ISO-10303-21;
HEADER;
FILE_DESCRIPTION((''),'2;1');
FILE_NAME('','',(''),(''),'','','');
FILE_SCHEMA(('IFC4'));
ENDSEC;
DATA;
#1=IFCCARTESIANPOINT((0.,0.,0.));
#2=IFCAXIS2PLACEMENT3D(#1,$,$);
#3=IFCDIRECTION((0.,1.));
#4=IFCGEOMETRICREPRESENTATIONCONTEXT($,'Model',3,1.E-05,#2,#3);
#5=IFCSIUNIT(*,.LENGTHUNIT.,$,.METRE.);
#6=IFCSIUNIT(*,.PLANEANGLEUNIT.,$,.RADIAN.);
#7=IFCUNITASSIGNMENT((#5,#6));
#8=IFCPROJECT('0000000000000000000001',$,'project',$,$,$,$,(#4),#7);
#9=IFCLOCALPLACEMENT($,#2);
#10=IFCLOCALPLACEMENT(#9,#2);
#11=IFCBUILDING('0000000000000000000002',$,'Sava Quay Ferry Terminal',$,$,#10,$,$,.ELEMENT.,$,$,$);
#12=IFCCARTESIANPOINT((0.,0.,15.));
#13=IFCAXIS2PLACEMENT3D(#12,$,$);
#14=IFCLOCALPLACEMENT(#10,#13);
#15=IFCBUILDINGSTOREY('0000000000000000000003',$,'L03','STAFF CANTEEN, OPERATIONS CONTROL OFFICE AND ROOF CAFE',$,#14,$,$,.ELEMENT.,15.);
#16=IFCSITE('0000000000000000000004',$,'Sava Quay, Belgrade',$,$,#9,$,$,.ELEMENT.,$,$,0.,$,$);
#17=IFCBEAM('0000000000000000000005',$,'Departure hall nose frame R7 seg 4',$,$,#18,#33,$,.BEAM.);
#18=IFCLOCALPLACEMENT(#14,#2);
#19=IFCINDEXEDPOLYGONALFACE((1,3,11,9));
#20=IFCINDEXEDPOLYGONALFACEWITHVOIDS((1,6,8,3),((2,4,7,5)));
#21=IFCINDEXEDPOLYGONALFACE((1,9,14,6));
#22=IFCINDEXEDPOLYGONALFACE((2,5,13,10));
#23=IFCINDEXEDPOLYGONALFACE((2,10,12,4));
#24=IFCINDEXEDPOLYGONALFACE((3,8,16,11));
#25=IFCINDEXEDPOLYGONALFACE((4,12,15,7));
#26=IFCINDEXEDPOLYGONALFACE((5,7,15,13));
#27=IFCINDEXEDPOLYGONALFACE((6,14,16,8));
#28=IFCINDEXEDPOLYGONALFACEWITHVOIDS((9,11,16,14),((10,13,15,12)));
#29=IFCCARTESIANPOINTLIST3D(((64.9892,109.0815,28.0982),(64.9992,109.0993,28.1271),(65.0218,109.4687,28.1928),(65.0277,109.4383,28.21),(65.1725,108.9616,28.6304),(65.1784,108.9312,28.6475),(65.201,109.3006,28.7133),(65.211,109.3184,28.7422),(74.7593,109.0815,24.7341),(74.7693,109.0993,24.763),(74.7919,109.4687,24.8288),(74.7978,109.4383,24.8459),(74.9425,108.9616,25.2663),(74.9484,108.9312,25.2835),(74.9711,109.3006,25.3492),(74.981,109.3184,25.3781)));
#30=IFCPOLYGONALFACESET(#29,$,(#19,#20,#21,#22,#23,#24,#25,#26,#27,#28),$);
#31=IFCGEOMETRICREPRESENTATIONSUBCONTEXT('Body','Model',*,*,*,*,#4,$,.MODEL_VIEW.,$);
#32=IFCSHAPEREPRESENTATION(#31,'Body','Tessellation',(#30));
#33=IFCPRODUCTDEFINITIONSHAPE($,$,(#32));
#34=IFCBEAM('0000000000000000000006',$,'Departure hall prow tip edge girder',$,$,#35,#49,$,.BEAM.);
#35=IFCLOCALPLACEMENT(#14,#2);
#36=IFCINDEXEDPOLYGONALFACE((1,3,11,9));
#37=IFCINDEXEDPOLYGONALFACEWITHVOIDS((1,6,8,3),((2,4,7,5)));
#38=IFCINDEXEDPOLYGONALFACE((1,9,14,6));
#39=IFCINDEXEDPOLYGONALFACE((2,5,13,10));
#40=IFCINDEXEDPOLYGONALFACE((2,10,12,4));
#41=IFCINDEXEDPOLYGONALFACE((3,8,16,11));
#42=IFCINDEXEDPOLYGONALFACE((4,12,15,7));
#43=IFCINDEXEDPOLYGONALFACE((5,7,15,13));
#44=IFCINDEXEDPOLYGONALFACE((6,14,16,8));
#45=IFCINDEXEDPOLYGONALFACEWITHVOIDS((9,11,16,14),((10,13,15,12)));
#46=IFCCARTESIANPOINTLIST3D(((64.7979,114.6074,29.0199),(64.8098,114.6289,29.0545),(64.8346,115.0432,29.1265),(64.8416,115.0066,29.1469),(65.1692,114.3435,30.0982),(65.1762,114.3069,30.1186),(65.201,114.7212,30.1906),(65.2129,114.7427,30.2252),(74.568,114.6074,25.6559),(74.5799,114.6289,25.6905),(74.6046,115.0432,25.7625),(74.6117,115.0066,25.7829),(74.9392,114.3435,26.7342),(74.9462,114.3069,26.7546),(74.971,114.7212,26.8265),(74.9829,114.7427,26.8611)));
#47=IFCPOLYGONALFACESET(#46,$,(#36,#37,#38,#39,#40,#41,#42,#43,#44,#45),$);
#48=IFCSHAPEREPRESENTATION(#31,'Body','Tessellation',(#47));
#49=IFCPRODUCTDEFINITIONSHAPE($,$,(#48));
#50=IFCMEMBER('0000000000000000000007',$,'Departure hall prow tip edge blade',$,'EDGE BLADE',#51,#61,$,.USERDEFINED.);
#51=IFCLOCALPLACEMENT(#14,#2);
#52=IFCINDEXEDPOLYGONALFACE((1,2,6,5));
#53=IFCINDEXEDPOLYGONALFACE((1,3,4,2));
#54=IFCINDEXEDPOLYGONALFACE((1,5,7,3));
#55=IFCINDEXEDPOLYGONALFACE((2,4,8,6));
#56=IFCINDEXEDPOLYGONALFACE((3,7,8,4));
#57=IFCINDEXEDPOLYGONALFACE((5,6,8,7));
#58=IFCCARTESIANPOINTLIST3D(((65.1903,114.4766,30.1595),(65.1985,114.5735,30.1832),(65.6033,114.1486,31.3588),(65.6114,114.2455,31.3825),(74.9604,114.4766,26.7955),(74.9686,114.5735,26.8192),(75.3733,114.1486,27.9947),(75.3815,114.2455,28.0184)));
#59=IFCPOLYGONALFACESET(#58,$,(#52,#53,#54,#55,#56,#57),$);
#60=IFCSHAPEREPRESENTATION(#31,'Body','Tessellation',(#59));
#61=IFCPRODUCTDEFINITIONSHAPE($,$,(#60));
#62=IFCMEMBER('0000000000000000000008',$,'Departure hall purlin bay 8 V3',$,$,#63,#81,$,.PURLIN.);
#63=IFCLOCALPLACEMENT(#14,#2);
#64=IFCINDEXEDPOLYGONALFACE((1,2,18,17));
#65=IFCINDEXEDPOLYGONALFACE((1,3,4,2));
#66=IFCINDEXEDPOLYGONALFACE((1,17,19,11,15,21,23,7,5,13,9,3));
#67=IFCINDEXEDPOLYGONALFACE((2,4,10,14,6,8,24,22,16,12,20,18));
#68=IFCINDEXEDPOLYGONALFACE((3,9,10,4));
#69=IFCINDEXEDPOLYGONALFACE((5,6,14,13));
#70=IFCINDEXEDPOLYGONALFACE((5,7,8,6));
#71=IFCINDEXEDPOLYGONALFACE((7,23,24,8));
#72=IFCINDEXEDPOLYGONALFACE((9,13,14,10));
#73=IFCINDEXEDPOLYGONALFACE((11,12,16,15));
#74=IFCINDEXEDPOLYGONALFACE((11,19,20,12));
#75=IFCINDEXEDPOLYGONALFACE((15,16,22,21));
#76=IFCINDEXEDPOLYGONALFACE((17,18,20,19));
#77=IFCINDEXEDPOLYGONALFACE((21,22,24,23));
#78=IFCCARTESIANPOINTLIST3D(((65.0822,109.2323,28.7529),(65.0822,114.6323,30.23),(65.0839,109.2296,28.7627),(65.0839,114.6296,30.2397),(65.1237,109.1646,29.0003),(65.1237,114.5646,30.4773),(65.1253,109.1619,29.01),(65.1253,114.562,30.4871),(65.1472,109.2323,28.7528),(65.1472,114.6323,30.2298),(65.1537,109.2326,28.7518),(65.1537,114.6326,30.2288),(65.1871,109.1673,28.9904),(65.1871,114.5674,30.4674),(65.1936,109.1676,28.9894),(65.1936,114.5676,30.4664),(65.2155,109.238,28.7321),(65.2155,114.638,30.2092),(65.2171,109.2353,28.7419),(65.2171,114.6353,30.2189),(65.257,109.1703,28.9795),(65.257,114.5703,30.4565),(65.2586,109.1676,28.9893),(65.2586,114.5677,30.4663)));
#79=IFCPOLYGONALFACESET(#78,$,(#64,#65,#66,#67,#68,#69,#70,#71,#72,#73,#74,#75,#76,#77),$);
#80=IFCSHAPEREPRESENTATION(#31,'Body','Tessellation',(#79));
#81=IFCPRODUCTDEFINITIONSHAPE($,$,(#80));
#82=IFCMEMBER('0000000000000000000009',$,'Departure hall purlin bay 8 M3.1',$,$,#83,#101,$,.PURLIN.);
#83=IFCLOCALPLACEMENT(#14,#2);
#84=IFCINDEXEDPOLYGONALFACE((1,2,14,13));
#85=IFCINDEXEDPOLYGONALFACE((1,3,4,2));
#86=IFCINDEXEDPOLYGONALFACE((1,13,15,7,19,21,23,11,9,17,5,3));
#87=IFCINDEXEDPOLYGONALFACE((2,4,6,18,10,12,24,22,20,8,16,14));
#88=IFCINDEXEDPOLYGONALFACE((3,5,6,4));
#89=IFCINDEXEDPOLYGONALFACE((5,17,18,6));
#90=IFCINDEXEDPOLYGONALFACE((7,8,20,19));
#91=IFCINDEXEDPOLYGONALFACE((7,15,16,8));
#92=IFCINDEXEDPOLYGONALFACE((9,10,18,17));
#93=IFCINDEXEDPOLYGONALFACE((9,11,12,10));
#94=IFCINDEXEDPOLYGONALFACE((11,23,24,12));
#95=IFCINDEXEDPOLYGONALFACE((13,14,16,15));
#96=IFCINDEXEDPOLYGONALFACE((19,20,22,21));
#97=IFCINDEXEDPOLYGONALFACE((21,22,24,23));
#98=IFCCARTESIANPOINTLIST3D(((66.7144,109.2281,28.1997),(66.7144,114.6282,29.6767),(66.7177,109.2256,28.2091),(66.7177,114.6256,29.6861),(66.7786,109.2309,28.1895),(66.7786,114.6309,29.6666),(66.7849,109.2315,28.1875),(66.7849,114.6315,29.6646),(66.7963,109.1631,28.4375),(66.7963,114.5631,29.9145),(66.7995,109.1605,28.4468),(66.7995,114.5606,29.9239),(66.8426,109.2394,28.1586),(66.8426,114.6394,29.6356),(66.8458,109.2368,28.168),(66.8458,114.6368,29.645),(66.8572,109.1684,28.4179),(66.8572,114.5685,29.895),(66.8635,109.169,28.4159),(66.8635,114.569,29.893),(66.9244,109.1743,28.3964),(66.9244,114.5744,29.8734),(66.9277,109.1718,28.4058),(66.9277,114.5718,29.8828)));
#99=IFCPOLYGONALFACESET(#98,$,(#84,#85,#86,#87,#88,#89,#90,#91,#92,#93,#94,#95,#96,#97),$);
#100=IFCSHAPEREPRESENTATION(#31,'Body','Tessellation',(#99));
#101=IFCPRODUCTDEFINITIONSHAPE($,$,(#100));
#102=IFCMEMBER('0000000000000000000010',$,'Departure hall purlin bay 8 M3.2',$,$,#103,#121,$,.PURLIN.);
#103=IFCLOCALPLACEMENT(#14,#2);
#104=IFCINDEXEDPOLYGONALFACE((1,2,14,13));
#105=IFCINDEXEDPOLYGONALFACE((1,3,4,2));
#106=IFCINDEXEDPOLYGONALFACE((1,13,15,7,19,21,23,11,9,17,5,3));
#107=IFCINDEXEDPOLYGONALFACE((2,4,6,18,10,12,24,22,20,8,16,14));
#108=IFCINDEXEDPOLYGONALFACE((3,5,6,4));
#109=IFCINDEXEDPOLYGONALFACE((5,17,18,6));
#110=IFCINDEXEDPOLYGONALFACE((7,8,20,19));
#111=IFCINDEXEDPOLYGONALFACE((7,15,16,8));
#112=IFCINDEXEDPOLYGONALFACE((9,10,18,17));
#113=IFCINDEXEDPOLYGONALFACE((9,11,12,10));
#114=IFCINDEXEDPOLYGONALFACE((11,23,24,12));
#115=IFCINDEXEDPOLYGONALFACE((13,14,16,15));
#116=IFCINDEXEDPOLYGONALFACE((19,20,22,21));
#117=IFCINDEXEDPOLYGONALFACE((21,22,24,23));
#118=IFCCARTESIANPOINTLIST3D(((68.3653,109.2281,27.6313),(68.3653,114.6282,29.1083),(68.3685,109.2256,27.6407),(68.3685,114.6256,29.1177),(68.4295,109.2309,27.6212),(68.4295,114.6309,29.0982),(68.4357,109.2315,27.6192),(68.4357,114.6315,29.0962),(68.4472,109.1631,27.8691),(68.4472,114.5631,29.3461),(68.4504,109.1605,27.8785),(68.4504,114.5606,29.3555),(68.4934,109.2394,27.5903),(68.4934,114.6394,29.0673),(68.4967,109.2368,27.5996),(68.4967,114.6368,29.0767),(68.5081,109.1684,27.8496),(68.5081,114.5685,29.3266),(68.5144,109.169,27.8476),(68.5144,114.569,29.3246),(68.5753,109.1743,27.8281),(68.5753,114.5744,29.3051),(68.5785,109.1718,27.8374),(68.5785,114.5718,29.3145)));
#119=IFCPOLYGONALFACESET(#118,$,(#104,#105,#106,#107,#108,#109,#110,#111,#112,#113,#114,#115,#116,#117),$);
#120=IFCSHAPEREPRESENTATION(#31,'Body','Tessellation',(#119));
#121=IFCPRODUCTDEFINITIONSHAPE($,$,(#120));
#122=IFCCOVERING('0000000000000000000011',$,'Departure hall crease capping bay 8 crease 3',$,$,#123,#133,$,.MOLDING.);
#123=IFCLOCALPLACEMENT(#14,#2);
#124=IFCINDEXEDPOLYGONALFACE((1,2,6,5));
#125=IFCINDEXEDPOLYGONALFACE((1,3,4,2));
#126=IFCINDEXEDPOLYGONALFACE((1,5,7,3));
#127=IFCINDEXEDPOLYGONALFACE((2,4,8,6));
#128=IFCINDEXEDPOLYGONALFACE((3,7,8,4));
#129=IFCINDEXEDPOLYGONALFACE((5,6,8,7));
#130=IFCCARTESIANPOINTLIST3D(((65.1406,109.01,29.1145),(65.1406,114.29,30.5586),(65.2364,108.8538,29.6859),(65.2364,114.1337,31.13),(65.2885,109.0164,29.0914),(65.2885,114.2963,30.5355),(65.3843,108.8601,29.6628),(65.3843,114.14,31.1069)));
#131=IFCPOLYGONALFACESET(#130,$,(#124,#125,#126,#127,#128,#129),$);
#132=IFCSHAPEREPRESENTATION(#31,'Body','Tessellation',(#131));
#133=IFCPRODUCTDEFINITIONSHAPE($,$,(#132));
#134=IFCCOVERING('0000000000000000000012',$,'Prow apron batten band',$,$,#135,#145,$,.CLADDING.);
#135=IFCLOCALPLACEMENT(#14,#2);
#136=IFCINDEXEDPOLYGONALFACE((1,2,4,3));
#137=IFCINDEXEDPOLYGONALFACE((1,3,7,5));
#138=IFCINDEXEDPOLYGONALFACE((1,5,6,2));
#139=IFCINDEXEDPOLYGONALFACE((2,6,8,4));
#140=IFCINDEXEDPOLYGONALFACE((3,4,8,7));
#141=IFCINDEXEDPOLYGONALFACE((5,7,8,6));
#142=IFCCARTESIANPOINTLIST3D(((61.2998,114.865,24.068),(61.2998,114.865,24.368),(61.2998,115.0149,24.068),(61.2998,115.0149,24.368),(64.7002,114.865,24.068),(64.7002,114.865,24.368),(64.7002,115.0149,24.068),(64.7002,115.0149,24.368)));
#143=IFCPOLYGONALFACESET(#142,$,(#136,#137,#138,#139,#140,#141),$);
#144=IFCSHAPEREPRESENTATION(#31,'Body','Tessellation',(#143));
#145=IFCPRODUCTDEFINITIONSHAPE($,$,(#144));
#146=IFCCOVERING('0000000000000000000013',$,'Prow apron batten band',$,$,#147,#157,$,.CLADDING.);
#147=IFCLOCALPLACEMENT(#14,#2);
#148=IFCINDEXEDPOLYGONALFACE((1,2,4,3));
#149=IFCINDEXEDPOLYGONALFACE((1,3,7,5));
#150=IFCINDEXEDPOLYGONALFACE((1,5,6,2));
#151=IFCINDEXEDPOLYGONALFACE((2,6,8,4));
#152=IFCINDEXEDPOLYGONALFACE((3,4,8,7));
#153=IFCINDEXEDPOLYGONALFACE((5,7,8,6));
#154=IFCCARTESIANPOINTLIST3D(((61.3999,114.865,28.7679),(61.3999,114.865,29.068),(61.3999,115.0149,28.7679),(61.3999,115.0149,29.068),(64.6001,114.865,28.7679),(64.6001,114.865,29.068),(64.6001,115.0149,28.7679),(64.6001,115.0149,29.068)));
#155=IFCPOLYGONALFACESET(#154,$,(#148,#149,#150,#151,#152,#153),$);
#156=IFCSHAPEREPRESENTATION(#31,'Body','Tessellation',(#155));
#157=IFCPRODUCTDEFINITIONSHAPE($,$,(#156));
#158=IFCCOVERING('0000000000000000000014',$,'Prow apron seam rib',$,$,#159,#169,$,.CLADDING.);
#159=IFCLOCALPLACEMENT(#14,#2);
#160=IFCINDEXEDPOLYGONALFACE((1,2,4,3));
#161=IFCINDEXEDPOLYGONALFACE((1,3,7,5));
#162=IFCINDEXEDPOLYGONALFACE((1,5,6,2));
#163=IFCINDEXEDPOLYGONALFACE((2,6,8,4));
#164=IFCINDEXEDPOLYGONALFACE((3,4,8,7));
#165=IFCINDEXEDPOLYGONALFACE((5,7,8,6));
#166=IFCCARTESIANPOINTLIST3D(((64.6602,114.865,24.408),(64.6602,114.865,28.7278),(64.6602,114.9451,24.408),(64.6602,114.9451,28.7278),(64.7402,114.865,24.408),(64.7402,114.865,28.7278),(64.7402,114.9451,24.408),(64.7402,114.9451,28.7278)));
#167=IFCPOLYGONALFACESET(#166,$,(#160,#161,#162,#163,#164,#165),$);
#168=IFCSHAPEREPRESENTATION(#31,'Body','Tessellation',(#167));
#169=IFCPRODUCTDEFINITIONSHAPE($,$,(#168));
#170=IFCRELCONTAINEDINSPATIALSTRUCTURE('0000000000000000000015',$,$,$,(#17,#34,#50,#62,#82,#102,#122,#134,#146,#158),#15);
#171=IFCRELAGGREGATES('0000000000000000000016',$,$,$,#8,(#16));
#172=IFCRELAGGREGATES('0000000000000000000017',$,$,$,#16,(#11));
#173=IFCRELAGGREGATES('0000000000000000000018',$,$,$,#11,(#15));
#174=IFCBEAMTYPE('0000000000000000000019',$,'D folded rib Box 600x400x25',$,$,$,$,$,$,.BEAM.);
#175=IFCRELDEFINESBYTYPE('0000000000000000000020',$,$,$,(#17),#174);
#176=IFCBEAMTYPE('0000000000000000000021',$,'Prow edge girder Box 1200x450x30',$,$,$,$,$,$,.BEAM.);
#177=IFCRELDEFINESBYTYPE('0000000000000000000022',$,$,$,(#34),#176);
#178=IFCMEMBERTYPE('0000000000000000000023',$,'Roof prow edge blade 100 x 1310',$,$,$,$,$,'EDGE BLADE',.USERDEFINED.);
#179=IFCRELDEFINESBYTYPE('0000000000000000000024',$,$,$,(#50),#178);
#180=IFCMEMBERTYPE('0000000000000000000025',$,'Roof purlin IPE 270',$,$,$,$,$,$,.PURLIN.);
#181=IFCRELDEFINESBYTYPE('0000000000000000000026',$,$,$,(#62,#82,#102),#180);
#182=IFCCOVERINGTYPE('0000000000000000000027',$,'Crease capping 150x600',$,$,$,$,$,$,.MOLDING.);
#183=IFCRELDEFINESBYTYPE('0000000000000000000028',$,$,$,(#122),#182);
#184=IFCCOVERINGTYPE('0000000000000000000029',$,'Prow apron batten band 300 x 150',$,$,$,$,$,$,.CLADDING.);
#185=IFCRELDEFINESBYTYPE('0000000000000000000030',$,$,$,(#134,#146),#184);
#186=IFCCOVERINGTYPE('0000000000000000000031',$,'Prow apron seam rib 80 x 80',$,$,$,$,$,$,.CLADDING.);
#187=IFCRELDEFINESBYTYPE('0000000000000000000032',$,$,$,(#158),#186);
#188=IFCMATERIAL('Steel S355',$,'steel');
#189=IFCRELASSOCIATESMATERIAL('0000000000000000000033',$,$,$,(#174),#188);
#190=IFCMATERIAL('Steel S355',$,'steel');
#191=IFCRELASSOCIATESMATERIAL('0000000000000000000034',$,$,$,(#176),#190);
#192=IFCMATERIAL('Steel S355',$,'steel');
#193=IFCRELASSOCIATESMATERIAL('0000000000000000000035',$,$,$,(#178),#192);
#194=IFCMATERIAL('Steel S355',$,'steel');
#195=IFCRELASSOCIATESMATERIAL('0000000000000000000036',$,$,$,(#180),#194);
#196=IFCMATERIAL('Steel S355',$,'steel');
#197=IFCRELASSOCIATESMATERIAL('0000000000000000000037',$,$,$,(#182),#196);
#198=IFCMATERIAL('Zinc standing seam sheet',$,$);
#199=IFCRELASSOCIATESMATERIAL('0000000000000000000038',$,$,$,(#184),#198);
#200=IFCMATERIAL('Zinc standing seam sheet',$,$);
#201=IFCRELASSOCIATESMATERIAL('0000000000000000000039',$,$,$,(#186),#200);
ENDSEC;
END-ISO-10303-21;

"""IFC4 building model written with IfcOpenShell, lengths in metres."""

from ifc_helpers import new_model, si_unit, direction, frame, origin, origin_2d, place, context, subcontext, project, spatial, polyline, rectangle, i_section, outline, extrude, material, material_profile, profile_set, type_object, element, save


model = new_model("IFC4")

# Units and contexts
model_context = context("Model", 3, precision=1e-05, world=origin(), true_north=direction((0.0, 1.0)))
body_context = subcontext(model_context, "Body", "Model", "MODEL_VIEW")
ifc_project = project(units=[si_unit("LENGTHUNIT", "METRE"), si_unit("PLANEANGLEUNIT", "RADIAN")], contexts=[model_context])

# Site, building, storey
site_placement = place(None, origin())
site = spatial("IfcSite", under=ifc_project, at=site_placement, Name="Sava Quay, Belgrade", CompositionType="ELEMENT", RefElevation=0.0)
building_placement = place(site_placement, origin())
building = spatial("IfcBuilding", under=site, at=building_placement, Name="Sava Quay Ferry Terminal", CompositionType="ELEMENT")
storey_placement = place(building_placement, frame((0.0, 0.0, 15.0)))
storey = spatial("IfcBuildingStorey", under=building, at=storey_placement, Name="L03", Description="STAFF CANTEEN, OPERATIONS CONTROL OFFICE AND ROOF CAFE", CompositionType="ELEMENT", Elevation=15.0)

# Beams
ifc_material_1 = material(Name="Steel S355", Category="steel")
ifc_material_profile_1 = material_profile(ifc_material_1, outline(polyline([(-0.2, -0.3), (0.2, -0.3), (0.2, 0.3), (-0.2, 0.3), (-0.2, -0.3)]), holes=[polyline([(-0.175, -0.2749), (-0.175, 0.2749), (0.175, 0.2749), (0.175, -0.2749), (-0.175, -0.2749)])]), Name="Box 600x400x25 built-up")
ifc_profile_set_1 = profile_set([ifc_material_profile_1], Name="Steel S355")
beam_type_1 = type_object("IfcBeamType", Name="D folded rib Box 600x400x25", PredefinedType="BEAM", material=ifc_profile_set_1)
beam_1_placement = place(storey_placement, frame((65.1001, 109.2, 28.4202), z_axis=(0.945521, 0.0, -0.325562), x_axis=(0.081521, 0.968142, 0.23676)))
element("IfcBeam", 1, at=beam_1_placement, inside=storey, type_object=beam_type_1, Name="Departure hall nose frame R7 seg 4", PredefinedType="BEAM", context=body_context, shape_type="SweptSolid", body=[
    extrude(outline(polyline([(-0.2, -0.3), (0.2, -0.3), (0.2, 0.3), (-0.2, 0.3), (-0.2, -0.3)]), holes=[polyline([(-0.175, -0.2749), (-0.175, 0.2749), (0.175, 0.2749), (0.175, -0.2749), (-0.175, -0.2749)])]), origin(), (0.0, 0.0, 1.0), 10.333),
])
ifc_material_2 = material(Name="Steel S355", Category="steel")
ifc_material_profile_2 = material_profile(ifc_material_2, outline(polyline([(-0.2251, -0.6001), (0.2251, -0.6001), (0.2251, 0.6001), (-0.2251, 0.6001), (-0.2251, -0.6001)]), holes=[polyline([(-0.1951, -0.5701), (-0.1951, 0.5701), (0.1951, 0.5701), (0.1951, -0.5701), (-0.1951, -0.5701)])]), Name="Box 1200x450x30 built-up")
ifc_profile_set_2 = profile_set([ifc_material_profile_2], Name="Steel S355")
beam_type_2 = type_object("IfcBeamType", Name="Prow edge girder Box 1200x450x30", PredefinedType="BEAM", material=ifc_profile_set_2)
beam_2_placement = place(storey_placement, frame((65.0054, 114.675, 29.6226), z_axis=(0.945521, 0.0, -0.325562), x_axis=(0.081514, 0.968148, 0.236739)))
element("IfcBeam", 2, at=beam_2_placement, inside=storey, type_object=beam_type_2, Name="Departure hall prow tip edge girder", PredefinedType="BEAM", context=body_context, shape_type="SweptSolid", body=[
    extrude(outline(polyline([(-0.2251, -0.6001), (0.2251, -0.6001), (0.2251, 0.6001), (-0.2251, 0.6001), (-0.2251, -0.6001)]), holes=[polyline([(-0.1951, -0.5701), (-0.1951, 0.5701), (0.1951, 0.5701), (0.1951, -0.5701), (-0.1951, -0.5701)])]), origin(), (0.0, 0.0, 1.0), 10.333),
])

# Members
ifc_material_3 = material(Name="Steel S355", Category="steel")
ifc_material_profile_3 = material_profile(ifc_material_3, rectangle(XDim=0.1001, YDim=1.3101, at=origin_2d()), Name="Blade 100 x 1310")
ifc_profile_set_3 = profile_set([ifc_material_profile_3], Name="Steel S355")
member_type_1 = type_object("IfcMemberType", Name="Roof prow edge blade 100 x 1310", ElementType="EDGE BLADE", PredefinedType="USERDEFINED", material=ifc_profile_set_3)
member_placement = place(storey_placement, frame((65.4009, 114.3611, 30.771), z_axis=(0.945521, 0.0, -0.325562), x_axis=(0.081514, 0.968148, 0.236739)))
element("IfcMember", 3, at=member_placement, inside=storey, type_object=member_type_1, Name="Departure hall prow tip edge blade", ObjectType="EDGE BLADE", PredefinedType="USERDEFINED", context=body_context, shape_type="SweptSolid", body=[
    extrude(rectangle(XDim=0.1001, YDim=1.3101, at=origin_2d()), origin(), (0.0, 0.0, 1.0), 10.333),
])
ifc_material_4 = material(Name="Steel S355", Category="steel")
ifc_material_profile_4 = material_profile(ifc_material_4, i_section(OverallWidth=0.135, OverallDepth=0.27, WebThickness=0.0066, FlangeThickness=0.0103, at=origin_2d()), Name="IPE 270")
ifc_profile_set_4 = profile_set([ifc_material_profile_4], Name="Steel S355")
member_type_2 = type_object("IfcMemberType", Name="Roof purlin IPE 270", PredefinedType="PURLIN", material=ifc_profile_set_4)
for number, where, z_axis, x_axis, name in (
    (4, (65.1704, 109.2, 28.8711), (0.0, 0.964569, 0.263829), (-0.987174, -0.04212, 0.15399), "Departure hall purlin bay 8 V3"),
    (5, (66.821, 109.2, 28.3027), (0.0, 0.964569, 0.263829), (-0.949026, -0.083159, 0.30403), "Departure hall purlin bay 8 M3.1"),
    (6, (68.4719, 109.2, 27.7344), (0.0, 0.964569, 0.263829), (-0.949026, -0.083159, 0.30403), "Departure hall purlin bay 8 M3.2"),
):
    element("IfcMember", number, at=place(storey_placement, frame(where, z_axis=z_axis, x_axis=x_axis)), inside=storey, type_object=member_type_2, Name=name, PredefinedType="PURLIN", context=body_context, shape_type="SweptSolid", body=[
        extrude(i_section(OverallWidth=0.135, OverallDepth=0.27, WebThickness=0.0066, FlangeThickness=0.0103, at=origin_2d()), origin(), (0.0, 0.0, 1.0), 5.5984),
    ])

# Coverings
ifc_material_5 = material(Name="Steel S355", Category="steel")
ifc_material_profile_5 = material_profile(ifc_material_5, rectangle(XDim=0.1499, YDim=0.6001, at=origin_2d()), Name="Cap 150 x 600")
ifc_profile_set_5 = profile_set([ifc_material_profile_5], Name="Steel S355")
covering_type_1 = type_object("IfcCoveringType", Name="Crease capping 150x600", PredefinedType="MOLDING", material=ifc_profile_set_5)
covering_1_placement = place(storey_placement, frame((65.2625, 108.9351, 29.3887), z_axis=(0.0, 0.964574, 0.263812), x_axis=(-0.987174, -0.042117, 0.153991)))
element("IfcCovering", 7, at=covering_1_placement, inside=storey, type_object=covering_type_1, Name="Departure hall crease capping bay 8 crease 3", PredefinedType="MOLDING", context=body_context, shape_type="SweptSolid", body=[
    extrude(rectangle(XDim=0.1499, YDim=0.6001, at=origin_2d()), origin(), (0.0, 0.0, 1.0), 5.4739),
])
ifc_material_6 = material(Name="Zinc standing seam sheet")
ifc_material_profile_6 = material_profile(ifc_material_6, rectangle(XDim=0.3, YDim=0.1499, at=origin_2d()), Name="Strip 300 x 150")
ifc_profile_set_6 = profile_set([ifc_material_profile_6], Name="Zinc standing seam sheet")
covering_type_2 = type_object("IfcCoveringType", Name="Prow apron batten band 300 x 150", PredefinedType="CLADDING", material=ifc_profile_set_6)
covering_2_placement = place(storey_placement, frame((64.7002, 114.9399, 24.218), z_axis=(-1.0, 0.0, 0.0), x_axis=(0.0, 0.0, 1.0)))
element("IfcCovering", 8, at=covering_2_placement, inside=storey, type_object=covering_type_2, Name="Prow apron batten band", PredefinedType="CLADDING", context=body_context, shape_type="SweptSolid", body=[
    extrude(rectangle(XDim=0.3, YDim=0.1499, at=origin_2d()), origin(), (0.0, 0.0, 1.0), 3.4004),
])
covering_3_placement = place(storey_placement, frame((64.6001, 114.9399, 28.918), z_axis=(-1.0, 0.0, 0.0), x_axis=(0.0, 0.0, 1.0)))
element("IfcCovering", 9, at=covering_3_placement, inside=storey, type_object=covering_type_2, Name="Prow apron batten band", PredefinedType="CLADDING", context=body_context, shape_type="SweptSolid", body=[
    extrude(rectangle(XDim=0.3, YDim=0.1499, at=origin_2d()), origin(), (0.0, 0.0, 1.0), 3.2002),
])
ifc_material_7 = material(Name="Zinc standing seam sheet")
ifc_material_profile_7 = material_profile(ifc_material_7, rectangle(XDim=0.0801, YDim=0.0801, at=origin_2d()), Name="Strip 80 x 80")
ifc_profile_set_7 = profile_set([ifc_material_profile_7], Name="Zinc standing seam sheet")
covering_type_3 = type_object("IfcCoveringType", Name="Prow apron seam rib 80 x 80", PredefinedType="CLADDING", material=ifc_profile_set_7)
covering_4_placement = place(storey_placement, frame((64.7002, 114.905, 24.408), z_axis=(0.0, 0.0, 1.0), x_axis=(1.0, 0.0, 0.0)))
element("IfcCovering", 10, at=covering_4_placement, inside=storey, type_object=covering_type_3, Name="Prow apron seam rib", PredefinedType="CLADDING", context=body_context, shape_type="SweptSolid", body=[
    extrude(rectangle(XDim=0.0801, YDim=0.0801, at=origin_2d()), origin(), (0.0, 0.0, 1.0), 4.3198),
])

save(model, "model.ifc")
